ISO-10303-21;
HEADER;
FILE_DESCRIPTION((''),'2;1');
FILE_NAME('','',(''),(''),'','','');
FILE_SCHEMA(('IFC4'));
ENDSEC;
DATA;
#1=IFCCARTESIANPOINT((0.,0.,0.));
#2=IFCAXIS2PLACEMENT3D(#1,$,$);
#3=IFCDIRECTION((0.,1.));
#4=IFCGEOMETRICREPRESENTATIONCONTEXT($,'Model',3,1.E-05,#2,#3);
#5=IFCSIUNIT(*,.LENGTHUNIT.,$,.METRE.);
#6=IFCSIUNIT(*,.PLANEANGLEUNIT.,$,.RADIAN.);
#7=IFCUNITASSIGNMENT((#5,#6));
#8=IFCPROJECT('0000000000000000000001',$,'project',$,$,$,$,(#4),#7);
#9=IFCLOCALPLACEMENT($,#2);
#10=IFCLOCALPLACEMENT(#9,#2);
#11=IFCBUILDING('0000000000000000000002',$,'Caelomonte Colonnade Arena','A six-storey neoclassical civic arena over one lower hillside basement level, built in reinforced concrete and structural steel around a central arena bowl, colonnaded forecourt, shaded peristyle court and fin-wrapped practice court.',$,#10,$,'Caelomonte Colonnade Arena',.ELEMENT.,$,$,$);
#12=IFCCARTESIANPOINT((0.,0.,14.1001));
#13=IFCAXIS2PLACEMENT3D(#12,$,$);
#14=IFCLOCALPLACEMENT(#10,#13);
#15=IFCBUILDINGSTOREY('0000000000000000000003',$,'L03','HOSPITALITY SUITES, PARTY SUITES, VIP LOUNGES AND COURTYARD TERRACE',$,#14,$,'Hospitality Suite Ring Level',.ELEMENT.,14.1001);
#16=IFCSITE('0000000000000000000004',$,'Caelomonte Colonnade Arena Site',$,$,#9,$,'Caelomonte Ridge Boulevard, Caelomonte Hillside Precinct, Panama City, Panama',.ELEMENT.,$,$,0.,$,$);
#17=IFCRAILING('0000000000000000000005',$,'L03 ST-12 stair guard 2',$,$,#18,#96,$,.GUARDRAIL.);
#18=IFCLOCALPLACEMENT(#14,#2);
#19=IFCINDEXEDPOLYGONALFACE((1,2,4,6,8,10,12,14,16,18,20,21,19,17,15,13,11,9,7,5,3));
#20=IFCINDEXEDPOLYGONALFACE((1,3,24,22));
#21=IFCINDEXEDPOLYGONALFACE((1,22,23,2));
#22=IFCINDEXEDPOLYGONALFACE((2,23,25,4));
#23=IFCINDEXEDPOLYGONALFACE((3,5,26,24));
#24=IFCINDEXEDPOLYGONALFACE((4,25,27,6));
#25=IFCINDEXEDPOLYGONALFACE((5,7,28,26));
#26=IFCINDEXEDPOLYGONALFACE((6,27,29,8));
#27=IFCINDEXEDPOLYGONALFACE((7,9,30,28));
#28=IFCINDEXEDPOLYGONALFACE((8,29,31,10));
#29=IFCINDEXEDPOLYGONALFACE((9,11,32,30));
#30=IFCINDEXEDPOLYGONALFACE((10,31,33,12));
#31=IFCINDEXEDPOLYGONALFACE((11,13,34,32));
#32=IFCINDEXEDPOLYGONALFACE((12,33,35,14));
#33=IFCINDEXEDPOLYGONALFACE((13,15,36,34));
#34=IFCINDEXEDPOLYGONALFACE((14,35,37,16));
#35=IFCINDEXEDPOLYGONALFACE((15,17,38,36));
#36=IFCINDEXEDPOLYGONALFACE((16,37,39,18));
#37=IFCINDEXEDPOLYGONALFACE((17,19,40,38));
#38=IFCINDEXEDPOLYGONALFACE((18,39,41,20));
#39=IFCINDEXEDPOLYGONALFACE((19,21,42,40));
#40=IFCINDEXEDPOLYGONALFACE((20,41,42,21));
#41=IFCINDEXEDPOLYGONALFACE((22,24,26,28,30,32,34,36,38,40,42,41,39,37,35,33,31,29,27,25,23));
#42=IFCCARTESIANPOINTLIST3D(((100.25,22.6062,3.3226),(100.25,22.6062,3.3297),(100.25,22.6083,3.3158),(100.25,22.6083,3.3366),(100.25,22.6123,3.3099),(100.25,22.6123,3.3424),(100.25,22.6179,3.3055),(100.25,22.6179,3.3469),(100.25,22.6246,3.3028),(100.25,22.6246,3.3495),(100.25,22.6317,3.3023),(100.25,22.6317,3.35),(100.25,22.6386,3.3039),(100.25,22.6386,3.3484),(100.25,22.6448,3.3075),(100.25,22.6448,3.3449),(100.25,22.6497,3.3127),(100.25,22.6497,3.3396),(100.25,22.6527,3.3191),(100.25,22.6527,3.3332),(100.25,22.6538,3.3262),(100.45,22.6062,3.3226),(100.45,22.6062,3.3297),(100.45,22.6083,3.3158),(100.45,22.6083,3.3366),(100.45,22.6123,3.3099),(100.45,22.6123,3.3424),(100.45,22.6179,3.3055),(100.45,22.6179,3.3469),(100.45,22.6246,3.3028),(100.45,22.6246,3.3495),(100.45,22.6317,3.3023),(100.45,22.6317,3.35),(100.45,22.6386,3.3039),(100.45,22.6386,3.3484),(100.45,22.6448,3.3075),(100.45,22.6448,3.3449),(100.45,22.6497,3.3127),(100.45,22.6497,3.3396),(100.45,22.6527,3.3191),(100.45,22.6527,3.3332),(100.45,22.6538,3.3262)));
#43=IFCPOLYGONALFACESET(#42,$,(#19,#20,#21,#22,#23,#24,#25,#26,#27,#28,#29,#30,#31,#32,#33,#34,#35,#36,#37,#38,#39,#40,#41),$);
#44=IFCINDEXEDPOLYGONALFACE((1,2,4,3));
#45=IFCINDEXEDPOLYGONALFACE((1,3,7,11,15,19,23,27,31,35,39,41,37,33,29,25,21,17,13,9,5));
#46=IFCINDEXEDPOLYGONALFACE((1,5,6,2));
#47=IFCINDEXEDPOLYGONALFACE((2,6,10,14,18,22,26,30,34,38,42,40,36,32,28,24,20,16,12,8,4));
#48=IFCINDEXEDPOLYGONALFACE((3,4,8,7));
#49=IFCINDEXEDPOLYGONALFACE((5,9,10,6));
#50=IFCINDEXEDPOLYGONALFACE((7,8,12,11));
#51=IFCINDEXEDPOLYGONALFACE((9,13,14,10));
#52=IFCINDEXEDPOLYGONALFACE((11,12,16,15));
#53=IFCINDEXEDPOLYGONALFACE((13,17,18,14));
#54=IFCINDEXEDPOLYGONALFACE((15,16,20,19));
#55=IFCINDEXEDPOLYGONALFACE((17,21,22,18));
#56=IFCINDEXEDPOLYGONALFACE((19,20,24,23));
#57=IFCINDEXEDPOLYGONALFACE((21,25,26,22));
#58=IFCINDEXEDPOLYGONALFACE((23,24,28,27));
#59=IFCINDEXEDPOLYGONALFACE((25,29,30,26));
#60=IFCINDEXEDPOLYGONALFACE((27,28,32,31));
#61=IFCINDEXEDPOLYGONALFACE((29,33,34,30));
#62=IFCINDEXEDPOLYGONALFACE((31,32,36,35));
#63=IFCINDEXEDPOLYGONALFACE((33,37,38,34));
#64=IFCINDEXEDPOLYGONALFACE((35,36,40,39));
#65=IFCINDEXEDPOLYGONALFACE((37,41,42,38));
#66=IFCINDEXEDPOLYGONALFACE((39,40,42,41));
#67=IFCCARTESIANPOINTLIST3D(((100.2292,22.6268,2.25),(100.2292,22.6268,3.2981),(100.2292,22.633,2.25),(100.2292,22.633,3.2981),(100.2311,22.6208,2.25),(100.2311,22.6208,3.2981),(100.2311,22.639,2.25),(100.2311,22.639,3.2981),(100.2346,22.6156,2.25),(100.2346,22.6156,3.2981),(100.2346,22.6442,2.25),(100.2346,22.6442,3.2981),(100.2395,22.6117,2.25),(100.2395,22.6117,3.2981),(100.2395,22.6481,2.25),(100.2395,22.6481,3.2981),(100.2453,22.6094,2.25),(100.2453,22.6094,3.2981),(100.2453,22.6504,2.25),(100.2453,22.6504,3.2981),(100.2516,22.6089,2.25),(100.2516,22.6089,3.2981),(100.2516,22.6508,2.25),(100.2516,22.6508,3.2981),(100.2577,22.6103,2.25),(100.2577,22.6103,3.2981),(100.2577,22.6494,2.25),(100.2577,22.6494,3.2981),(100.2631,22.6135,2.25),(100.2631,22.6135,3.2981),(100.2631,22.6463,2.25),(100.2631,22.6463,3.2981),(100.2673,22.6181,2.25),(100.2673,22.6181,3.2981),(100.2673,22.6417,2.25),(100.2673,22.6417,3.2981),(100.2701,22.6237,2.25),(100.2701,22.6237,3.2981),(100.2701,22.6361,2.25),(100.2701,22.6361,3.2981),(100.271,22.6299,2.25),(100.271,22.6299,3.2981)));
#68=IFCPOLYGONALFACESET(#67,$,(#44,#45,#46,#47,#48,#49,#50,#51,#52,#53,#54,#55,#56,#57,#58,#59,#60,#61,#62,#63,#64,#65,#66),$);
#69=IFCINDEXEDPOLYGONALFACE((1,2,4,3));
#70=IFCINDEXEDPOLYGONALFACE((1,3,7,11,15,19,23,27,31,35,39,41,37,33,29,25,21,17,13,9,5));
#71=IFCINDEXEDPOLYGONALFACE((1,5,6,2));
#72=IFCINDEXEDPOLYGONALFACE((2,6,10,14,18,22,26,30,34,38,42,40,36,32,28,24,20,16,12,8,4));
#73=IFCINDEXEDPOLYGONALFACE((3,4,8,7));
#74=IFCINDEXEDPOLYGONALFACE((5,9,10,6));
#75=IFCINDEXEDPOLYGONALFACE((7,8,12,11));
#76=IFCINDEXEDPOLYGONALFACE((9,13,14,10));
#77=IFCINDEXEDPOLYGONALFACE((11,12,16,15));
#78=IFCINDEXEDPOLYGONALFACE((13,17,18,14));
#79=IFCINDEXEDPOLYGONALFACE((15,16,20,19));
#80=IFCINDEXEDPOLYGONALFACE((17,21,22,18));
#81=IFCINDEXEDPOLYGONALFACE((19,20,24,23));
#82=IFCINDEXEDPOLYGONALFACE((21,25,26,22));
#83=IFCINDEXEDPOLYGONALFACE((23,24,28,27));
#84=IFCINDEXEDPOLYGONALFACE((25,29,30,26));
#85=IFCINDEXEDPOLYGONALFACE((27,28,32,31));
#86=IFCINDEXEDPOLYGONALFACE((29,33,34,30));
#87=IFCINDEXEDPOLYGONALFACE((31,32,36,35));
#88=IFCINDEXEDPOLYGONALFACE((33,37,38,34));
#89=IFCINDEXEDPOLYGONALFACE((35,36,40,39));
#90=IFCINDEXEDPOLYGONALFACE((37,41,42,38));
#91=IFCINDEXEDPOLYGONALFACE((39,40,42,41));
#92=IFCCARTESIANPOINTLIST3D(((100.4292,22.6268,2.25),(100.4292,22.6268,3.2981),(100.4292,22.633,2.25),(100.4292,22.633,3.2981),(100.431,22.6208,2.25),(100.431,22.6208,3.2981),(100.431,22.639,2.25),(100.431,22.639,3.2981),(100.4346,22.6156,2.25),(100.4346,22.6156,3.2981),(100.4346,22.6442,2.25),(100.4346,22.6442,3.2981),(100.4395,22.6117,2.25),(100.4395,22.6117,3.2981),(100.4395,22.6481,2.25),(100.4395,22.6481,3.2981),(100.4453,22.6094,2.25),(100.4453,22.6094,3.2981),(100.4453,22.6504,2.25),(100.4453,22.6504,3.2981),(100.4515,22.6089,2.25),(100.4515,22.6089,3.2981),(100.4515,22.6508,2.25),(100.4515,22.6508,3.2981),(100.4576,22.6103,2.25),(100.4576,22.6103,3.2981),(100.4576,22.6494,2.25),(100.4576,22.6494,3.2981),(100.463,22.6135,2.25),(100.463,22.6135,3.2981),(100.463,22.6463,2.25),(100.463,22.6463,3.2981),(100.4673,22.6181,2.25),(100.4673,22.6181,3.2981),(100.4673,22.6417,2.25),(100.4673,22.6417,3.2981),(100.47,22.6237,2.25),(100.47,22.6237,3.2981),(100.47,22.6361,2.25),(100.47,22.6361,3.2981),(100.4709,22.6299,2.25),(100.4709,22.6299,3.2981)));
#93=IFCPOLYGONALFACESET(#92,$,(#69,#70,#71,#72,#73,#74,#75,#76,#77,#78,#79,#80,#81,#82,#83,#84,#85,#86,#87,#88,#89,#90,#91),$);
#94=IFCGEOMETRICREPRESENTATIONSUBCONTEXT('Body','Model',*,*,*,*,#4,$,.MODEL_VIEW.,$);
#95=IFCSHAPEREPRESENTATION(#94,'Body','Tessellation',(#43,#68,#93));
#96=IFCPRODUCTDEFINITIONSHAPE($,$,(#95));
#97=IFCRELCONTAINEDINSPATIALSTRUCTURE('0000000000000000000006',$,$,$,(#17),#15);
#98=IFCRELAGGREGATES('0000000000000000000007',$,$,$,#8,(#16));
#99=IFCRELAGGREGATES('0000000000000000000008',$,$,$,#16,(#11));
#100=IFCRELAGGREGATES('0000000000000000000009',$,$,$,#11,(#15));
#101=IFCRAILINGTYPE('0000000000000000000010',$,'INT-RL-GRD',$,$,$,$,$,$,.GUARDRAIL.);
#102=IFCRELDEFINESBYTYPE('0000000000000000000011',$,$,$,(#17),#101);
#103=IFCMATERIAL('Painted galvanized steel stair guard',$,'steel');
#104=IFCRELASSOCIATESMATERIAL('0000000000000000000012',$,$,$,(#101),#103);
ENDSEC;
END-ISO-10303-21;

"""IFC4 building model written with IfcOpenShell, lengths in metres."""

from ifc_helpers import new_model, si_unit, direction, frame, origin, origin_2d, place, context, subcontext, project, spatial, circle, extrude, material, type_object, element, save


model = new_model("IFC4")

# Units and contexts
model_context = context("Model", 3, precision=1e-05, world=origin(), true_north=direction((0.0, 1.0)))
body_context = subcontext(model_context, "Body", "Model", "MODEL_VIEW")
ifc_project = project(units=[si_unit("LENGTHUNIT", "METRE"), si_unit("PLANEANGLEUNIT", "RADIAN")], contexts=[model_context])

# Site, building, storey
site_placement = place(None, origin())
site = spatial("IfcSite", under=ifc_project, at=site_placement, Name="Caelomonte Colonnade Arena Site", LongName="Caelomonte Ridge Boulevard, Caelomonte Hillside Precinct, Panama City, Panama", CompositionType="ELEMENT", RefElevation=0.0)
building_placement = place(site_placement, origin())
building = spatial("IfcBuilding", under=site, at=building_placement, Name="Caelomonte Colonnade Arena", Description="A six-storey neoclassical civic arena over one lower hillside basement level, built in reinforced concrete and structural steel around a central arena bowl, colonnaded forecourt, shaded peristyle court and fin-wrapped practice court.", LongName="Caelomonte Colonnade Arena", CompositionType="ELEMENT")
storey_placement = place(building_placement, frame((0.0, 0.0, 14.1001)))
storey = spatial("IfcBuildingStorey", under=building, at=storey_placement, Name="L03", Description="HOSPITALITY SUITES, PARTY SUITES, VIP LOUNGES AND COURTYARD TERRACE", LongName="Hospitality Suite Ring Level", CompositionType="ELEMENT", Elevation=14.1001)

# Railing
ifc_material_1 = material(Name="Painted galvanized steel stair guard", Category="steel")
railing_type_1 = type_object("IfcRailingType", Name="INT-RL-GRD", PredefinedType="GUARDRAIL", material=ifc_material_1)
railing_1_placement = place(storey_placement, frame((100.25, 22.6299, 2.25)))
element("IfcRailing", 1, at=railing_1_placement, inside=storey, type_object=railing_type_1, Name="L03 ST-12 stair guard 2", PredefinedType="GUARDRAIL", context=body_context, shape_type="SweptSolid", body=[
    extrude(circle(Radius=0.0239, at=origin_2d()), frame((0.0, 0.0, 1.0762), z_axis=(1.0, 0.0, 0.0), x_axis=(0.0, 1.0, 0.0)), (0.0, 0.0, 1.0), 0.2),
    extrude(circle(Radius=0.021, at=origin_2d()), origin(), (0.0, 0.0, 1.0), 1.0481),
    extrude(circle(Radius=0.021, at=origin_2d()), frame((0.2, 0.0, 0.0)), (0.0, 0.0, 1.0), 1.0481),
])

save(model, "model.ifc")
